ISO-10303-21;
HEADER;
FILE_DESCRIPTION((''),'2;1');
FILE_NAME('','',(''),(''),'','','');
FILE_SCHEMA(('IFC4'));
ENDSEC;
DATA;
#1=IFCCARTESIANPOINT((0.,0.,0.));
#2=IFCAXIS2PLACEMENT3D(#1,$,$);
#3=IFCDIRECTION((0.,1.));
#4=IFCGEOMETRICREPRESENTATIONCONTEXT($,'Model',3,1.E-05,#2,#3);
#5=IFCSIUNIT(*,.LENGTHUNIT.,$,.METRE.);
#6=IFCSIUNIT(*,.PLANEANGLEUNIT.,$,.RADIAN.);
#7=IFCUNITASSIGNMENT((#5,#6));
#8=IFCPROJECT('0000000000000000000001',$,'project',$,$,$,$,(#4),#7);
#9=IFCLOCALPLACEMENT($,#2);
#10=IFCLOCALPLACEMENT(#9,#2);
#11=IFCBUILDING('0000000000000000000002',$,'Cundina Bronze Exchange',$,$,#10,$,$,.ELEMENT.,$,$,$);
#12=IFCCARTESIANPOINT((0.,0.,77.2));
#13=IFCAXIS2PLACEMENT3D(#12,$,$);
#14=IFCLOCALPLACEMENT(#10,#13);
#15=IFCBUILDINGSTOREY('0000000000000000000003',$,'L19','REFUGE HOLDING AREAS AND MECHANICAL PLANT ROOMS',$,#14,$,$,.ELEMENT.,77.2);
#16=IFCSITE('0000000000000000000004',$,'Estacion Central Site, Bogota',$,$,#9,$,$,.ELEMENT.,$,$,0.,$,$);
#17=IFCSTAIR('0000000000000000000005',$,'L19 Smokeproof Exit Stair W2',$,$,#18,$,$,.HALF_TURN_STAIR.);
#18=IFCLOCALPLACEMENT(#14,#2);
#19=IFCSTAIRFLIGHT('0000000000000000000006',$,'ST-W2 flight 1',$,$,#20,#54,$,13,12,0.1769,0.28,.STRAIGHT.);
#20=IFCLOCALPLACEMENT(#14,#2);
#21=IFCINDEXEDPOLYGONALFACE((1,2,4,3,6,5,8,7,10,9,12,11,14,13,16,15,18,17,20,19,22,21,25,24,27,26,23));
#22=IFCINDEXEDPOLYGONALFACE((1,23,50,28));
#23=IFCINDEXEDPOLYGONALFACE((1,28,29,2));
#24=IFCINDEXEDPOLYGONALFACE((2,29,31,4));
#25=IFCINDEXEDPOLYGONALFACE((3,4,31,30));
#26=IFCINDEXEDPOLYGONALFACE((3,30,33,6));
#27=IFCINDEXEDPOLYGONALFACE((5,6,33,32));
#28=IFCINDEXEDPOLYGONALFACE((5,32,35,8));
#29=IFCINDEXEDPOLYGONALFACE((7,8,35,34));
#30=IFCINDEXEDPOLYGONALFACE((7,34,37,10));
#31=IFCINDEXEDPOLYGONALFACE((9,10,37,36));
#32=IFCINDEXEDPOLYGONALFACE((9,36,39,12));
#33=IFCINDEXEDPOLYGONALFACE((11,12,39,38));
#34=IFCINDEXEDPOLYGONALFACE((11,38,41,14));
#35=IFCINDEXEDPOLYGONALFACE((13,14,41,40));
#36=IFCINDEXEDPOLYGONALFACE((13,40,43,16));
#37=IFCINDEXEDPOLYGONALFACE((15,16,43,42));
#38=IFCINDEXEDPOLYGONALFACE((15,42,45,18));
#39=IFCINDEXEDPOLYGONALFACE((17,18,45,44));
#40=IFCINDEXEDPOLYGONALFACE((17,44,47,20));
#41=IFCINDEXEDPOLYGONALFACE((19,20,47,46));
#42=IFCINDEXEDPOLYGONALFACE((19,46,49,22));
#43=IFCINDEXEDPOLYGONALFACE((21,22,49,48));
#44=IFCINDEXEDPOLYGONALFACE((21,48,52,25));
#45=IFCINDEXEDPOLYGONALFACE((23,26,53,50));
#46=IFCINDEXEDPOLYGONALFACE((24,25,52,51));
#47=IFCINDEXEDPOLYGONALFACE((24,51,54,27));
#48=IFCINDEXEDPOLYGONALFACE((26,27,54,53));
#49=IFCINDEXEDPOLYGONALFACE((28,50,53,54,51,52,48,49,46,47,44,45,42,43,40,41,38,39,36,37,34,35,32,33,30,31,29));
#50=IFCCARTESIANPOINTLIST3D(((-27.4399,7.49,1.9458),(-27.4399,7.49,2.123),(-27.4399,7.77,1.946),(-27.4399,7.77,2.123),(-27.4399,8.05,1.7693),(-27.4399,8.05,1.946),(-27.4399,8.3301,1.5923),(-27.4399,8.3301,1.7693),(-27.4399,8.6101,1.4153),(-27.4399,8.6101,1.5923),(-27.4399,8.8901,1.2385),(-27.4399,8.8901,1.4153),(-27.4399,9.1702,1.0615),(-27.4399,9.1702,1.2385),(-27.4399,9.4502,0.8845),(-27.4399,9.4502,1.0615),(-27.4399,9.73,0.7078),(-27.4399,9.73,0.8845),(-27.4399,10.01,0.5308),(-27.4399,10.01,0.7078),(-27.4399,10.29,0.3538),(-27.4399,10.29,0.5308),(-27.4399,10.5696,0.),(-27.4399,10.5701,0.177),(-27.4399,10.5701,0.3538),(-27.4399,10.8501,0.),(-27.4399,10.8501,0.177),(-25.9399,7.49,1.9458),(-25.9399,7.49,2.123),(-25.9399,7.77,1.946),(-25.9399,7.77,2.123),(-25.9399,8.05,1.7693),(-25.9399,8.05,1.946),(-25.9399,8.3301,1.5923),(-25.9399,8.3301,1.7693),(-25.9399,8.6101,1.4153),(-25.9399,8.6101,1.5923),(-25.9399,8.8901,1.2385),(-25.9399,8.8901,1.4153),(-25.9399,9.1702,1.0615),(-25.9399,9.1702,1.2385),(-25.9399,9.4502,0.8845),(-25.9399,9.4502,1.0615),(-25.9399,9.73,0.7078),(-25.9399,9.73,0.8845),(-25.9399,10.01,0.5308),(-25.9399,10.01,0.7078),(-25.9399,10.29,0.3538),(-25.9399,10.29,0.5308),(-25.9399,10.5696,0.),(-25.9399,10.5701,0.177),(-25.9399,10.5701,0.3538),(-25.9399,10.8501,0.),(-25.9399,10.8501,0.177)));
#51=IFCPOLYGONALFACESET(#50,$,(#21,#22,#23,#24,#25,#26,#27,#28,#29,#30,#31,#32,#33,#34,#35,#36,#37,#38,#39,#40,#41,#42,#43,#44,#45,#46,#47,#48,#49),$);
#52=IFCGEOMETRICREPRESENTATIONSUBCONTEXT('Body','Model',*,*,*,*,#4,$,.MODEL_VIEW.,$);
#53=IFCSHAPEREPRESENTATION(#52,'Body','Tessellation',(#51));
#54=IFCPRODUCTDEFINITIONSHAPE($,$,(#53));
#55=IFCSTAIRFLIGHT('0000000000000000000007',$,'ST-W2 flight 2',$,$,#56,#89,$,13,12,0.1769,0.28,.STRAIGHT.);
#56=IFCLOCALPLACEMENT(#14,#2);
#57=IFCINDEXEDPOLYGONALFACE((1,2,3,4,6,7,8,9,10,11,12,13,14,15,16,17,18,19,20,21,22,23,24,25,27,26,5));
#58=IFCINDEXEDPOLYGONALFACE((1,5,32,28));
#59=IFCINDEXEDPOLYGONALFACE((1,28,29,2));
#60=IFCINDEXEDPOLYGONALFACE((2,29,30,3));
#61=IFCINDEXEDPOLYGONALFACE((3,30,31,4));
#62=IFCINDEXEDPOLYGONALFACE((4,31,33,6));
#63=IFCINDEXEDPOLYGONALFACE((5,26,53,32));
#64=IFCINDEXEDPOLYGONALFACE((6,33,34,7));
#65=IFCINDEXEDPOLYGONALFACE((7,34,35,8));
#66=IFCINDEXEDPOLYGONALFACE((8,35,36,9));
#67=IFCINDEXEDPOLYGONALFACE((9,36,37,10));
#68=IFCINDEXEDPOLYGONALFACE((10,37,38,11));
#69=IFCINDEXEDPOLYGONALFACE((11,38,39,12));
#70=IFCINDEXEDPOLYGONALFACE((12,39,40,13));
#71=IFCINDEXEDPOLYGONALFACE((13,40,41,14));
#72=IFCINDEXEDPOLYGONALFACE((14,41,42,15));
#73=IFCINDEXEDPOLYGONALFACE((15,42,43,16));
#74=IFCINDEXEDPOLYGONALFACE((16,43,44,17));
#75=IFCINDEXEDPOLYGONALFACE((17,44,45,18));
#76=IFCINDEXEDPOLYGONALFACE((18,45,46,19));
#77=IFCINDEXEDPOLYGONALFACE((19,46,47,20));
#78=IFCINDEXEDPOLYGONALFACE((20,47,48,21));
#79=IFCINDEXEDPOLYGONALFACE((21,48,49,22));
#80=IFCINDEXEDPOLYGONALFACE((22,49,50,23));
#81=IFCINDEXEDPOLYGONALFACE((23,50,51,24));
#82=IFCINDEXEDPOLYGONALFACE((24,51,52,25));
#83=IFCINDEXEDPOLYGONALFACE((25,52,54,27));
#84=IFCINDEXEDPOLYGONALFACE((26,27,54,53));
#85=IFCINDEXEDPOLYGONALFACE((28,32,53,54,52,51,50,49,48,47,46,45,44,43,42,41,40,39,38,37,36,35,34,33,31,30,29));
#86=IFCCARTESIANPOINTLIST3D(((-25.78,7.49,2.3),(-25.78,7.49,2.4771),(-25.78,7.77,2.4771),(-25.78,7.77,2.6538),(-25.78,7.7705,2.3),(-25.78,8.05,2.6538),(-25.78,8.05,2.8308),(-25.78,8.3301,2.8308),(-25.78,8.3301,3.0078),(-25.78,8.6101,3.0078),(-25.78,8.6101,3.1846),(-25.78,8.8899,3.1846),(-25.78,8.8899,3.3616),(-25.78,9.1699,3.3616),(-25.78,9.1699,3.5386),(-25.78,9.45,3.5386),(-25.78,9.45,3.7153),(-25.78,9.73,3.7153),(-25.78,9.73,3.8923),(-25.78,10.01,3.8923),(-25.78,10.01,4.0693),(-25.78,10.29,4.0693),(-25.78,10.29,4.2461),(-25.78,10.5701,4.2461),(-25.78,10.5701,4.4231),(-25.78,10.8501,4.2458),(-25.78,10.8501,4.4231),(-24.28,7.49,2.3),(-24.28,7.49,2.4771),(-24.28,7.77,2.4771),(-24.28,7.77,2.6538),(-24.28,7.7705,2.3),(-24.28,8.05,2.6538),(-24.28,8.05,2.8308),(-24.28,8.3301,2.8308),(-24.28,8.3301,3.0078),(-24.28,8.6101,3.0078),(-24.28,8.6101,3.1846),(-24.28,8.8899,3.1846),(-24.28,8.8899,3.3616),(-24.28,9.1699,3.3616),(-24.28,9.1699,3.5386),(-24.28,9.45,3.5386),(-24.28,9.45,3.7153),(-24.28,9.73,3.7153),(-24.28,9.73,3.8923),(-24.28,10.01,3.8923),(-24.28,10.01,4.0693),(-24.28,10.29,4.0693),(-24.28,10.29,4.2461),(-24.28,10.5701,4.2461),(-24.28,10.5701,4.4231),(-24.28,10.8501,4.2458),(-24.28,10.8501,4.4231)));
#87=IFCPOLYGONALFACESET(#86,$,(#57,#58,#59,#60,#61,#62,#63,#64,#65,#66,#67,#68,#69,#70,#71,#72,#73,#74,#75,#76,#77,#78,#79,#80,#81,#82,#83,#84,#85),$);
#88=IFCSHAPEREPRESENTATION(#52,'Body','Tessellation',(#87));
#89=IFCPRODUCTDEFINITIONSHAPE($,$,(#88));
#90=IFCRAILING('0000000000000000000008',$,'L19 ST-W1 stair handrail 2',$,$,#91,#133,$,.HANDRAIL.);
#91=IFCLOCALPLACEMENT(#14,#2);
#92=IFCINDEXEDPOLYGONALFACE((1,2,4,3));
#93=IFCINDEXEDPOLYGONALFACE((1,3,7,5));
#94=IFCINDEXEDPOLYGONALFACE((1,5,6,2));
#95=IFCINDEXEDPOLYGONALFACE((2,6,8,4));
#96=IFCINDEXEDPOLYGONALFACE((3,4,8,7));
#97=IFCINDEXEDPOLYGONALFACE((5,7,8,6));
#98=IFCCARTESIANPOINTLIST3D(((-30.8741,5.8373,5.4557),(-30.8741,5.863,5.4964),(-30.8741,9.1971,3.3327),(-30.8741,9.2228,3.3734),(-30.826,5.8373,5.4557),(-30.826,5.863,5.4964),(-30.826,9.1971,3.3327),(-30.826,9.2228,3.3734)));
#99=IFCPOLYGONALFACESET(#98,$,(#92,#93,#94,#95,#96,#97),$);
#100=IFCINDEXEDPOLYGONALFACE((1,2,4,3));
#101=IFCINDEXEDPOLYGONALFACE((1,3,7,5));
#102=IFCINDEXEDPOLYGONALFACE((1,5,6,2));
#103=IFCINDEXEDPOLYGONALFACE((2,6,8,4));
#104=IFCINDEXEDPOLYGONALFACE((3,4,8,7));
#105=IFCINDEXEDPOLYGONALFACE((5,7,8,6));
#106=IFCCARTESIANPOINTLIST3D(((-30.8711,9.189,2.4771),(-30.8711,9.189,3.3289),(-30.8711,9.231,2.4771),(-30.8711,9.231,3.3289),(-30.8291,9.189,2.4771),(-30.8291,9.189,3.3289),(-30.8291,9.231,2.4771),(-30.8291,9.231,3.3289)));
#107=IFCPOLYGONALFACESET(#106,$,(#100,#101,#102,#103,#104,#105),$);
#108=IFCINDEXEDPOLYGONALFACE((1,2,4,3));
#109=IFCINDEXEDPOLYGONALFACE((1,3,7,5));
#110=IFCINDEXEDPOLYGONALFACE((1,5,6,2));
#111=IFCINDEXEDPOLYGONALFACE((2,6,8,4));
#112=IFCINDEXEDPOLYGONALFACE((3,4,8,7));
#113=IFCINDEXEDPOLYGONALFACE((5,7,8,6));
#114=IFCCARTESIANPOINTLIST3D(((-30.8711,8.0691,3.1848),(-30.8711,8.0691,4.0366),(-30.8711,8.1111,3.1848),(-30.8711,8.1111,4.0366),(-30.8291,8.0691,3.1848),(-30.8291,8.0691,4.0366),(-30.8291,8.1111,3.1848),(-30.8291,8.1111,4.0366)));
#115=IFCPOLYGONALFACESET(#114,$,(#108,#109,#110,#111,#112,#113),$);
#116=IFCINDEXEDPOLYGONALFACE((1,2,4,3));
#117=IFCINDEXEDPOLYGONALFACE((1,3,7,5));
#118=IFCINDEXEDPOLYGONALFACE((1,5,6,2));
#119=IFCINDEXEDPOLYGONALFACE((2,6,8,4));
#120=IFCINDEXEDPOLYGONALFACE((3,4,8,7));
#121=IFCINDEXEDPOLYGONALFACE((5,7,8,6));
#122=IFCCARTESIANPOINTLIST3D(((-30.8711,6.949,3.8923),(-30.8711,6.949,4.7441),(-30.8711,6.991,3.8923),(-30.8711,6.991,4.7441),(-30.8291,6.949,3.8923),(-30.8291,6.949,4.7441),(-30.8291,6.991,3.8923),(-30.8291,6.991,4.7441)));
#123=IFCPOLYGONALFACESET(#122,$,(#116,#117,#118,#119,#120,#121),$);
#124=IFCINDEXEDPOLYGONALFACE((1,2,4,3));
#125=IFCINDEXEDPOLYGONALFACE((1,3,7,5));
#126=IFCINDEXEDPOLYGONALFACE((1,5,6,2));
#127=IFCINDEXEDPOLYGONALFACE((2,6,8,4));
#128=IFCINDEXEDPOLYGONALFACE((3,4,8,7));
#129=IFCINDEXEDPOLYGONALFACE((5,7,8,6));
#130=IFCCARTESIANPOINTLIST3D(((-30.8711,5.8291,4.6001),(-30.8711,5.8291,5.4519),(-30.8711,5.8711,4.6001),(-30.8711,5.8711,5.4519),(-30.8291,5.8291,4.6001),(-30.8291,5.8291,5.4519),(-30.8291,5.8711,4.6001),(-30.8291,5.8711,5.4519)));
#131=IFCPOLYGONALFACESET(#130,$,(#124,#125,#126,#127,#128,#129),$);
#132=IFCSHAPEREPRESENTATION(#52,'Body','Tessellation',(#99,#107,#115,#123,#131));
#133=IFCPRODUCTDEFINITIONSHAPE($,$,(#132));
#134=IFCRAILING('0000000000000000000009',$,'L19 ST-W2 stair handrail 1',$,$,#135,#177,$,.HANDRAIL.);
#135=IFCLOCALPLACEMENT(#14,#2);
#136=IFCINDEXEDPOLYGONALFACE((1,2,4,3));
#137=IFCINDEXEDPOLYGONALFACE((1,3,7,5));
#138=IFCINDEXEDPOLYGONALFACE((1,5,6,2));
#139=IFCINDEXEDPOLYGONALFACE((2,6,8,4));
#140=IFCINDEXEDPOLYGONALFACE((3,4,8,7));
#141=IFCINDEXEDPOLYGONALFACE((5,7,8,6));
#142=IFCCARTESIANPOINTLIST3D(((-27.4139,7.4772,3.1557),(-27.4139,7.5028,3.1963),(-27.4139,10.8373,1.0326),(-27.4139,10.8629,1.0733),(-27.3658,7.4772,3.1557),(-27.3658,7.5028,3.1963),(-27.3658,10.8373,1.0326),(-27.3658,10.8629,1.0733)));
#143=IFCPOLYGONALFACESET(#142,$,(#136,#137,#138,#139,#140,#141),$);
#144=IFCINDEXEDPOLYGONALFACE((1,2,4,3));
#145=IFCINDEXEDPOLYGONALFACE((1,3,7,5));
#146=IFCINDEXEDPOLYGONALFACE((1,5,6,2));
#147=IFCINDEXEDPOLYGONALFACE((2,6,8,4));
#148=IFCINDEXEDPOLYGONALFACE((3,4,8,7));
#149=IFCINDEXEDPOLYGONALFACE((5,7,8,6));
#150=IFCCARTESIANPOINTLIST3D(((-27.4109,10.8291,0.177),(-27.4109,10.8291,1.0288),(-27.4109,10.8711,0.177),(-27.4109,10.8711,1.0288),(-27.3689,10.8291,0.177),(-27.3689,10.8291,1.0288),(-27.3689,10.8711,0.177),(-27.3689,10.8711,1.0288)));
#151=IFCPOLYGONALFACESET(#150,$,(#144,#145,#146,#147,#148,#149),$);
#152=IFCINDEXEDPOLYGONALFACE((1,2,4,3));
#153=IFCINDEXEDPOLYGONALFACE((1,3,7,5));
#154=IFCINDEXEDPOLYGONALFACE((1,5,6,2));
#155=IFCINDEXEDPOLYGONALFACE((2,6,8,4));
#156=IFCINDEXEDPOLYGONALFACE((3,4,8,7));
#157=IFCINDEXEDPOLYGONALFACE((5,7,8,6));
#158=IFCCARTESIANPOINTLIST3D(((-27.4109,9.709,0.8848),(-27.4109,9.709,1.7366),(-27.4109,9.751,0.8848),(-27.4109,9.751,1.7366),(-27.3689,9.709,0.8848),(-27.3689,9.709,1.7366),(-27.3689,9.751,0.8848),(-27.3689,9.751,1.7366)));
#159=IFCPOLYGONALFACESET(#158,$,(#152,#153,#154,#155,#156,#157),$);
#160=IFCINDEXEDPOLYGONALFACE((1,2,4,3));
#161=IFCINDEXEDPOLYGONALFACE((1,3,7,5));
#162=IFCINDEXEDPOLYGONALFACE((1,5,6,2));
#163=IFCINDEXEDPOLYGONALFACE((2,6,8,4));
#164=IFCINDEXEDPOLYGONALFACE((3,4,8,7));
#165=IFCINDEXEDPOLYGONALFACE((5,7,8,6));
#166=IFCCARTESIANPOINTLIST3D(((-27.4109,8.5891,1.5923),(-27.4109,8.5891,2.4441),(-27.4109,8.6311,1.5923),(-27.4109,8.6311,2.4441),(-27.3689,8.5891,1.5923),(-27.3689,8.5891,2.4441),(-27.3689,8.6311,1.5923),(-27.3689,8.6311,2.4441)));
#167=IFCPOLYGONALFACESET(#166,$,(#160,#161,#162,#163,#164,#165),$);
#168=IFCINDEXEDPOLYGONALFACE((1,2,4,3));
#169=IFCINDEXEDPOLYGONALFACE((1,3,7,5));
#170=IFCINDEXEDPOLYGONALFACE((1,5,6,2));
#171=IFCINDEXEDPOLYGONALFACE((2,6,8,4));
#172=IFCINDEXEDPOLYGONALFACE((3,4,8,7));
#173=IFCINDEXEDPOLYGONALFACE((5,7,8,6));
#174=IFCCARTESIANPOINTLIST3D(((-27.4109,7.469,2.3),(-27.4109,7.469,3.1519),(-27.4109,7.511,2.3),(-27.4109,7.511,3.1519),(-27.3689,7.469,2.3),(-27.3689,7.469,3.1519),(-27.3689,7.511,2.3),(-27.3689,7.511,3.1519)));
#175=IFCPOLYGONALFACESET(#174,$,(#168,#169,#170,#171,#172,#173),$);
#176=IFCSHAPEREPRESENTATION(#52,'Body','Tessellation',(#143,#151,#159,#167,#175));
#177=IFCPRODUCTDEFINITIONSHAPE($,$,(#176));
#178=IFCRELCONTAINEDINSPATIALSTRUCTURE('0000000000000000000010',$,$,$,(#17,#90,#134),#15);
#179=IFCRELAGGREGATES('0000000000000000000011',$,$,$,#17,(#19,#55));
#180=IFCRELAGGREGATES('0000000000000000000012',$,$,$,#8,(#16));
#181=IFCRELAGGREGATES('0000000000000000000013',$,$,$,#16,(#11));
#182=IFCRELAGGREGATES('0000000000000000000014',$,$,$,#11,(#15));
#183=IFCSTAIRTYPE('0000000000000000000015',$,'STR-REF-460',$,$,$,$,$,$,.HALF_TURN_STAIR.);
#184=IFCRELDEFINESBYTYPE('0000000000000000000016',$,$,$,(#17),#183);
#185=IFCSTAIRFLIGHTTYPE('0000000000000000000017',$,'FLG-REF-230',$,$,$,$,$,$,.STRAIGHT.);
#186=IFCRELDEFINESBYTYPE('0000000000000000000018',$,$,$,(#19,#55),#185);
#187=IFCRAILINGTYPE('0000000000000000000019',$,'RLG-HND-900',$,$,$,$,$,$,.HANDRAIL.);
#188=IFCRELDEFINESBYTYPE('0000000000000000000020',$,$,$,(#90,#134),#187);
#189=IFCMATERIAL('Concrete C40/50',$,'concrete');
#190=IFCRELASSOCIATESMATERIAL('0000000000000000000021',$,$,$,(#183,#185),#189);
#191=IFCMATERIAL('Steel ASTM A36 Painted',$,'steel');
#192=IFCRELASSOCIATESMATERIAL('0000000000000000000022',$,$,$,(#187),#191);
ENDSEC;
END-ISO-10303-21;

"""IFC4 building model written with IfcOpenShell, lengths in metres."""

from ifc_helpers import new_model, si_unit, direction, frame, origin, origin_2d, place, context, subcontext, project, spatial, polyline, rectangle, outline, extrude, material, type_object, element, aggregate, save


model = new_model("IFC4")

# Units and contexts
model_context = context("Model", 3, precision=1e-05, world=origin(), true_north=direction((0.0, 1.0)))
body_context = subcontext(model_context, "Body", "Model", "MODEL_VIEW")
ifc_project = project(units=[si_unit("LENGTHUNIT", "METRE"), si_unit("PLANEANGLEUNIT", "RADIAN")], contexts=[model_context])

# Site, building, storey
site_placement = place(None, origin())
site = spatial("IfcSite", under=ifc_project, at=site_placement, Name="Estacion Central Site, Bogota", CompositionType="ELEMENT", RefElevation=0.0)
building_placement = place(site_placement, origin())
building = spatial("IfcBuilding", under=site, at=building_placement, Name="Cundina Bronze Exchange", CompositionType="ELEMENT")
storey_placement = place(building_placement, frame((0.0, 0.0, 77.2)))
storey = spatial("IfcBuildingStorey", under=building, at=storey_placement, Name="L19", Description="REFUGE HOLDING AREAS AND MECHANICAL PLANT ROOMS", CompositionType="ELEMENT", Elevation=77.2)

# Shared definitions
ifc_material_1 = material(Name="Steel ASTM A36 Painted", Category="steel")

# Shared definitions
ifc_material_2 = material(Name="Concrete C40/50", Category="concrete")
stair_type = type_object("IfcStairType", Name="STR-REF-460", PredefinedType="HALF_TURN_STAIR", material=ifc_material_2)
stair_flight_type = type_object("IfcStairFlightType", Name="FLG-REF-230", PredefinedType="STRAIGHT", material=ifc_material_2)

# Stair, stair flights
stair_1_placement = place(storey_placement, origin())
stair_1 = element("IfcStair", 1, at=stair_1_placement, inside=storey, type_object=stair_type, Name="L19 Smokeproof Exit Stair W2", PredefinedType="HALF_TURN_STAIR")
stair_flight_1_placement = place(storey_placement, frame((-26.6899, 10.8501, 0.0), z_axis=(0.0, 0.0, 1.0), x_axis=(0.0, -1.0, 0.0)))
stair_flight_1 = element("IfcStairFlight", 2, at=stair_flight_1_placement, type_object=stair_flight_type, Name="ST-W2 flight 1", NumberOfRisers=13, NumberOfTreads=12, PredefinedType="STRAIGHT", RiserHeight=0.1769, TreadLength=0.28, context=body_context, shape_type="SweptSolid", body=[
    extrude(outline(polyline([(0.0, 0.0), (0.0, 0.177), (0.28, 0.177), (0.28, 0.3538), (0.5601, 0.3538), (0.5601, 0.5308), (0.8401, 0.5308), (0.8401, 0.7078), (1.1201, 0.7078), (1.1201, 0.8845), (1.3999, 0.8845), (1.3999, 1.0615), (1.6799, 1.0615), (1.6799, 1.2385), (1.96, 1.2385), (1.96, 1.4153), (2.24, 1.4153), (2.24, 1.5923), (2.52, 1.5923), (2.52, 1.7693), (2.8, 1.7693), (2.8, 1.946), (3.0801, 1.946), (3.0801, 2.123), (3.3601, 2.123), (3.3601, 2.3), (3.3601, 1.9458), (0.2805, 0.0), (0.0, 0.0)])), frame((0.0, 0.75, 0.0), z_axis=(0.0, -1.0, 0.0), x_axis=(1.0, 0.0, 0.0)), (0.0, 0.0, 1.0), 1.5),
])
stair_flight_2_placement = place(storey_placement, frame((-25.03, 7.49, 2.3), z_axis=(0.0, 0.0, 1.0), x_axis=(0.0, 1.0, 0.0)))
stair_flight_2 = element("IfcStairFlight", 3, at=stair_flight_2_placement, type_object=stair_flight_type, Name="ST-W2 flight 2", NumberOfRisers=13, NumberOfTreads=12, PredefinedType="STRAIGHT", RiserHeight=0.1769, TreadLength=0.28, context=body_context, shape_type="SweptSolid", body=[
    extrude(outline(polyline([(0.0, 0.0), (0.0, 0.177), (0.28, 0.177), (0.28, 0.3538), (0.5601, 0.3538), (0.5601, 0.5308), (0.8401, 0.5308), (0.8401, 0.7078), (1.1201, 0.7078), (1.1201, 0.8845), (1.3999, 0.8845), (1.3999, 1.0615), (1.6799, 1.0615), (1.6799, 1.2385), (1.96, 1.2385), (1.96, 1.4153), (2.24, 1.4153), (2.24, 1.5923), (2.52, 1.5923), (2.52, 1.7693), (2.8, 1.7693), (2.8, 1.946), (3.0801, 1.946), (3.0801, 2.123), (3.3601, 2.123), (3.3601, 2.3), (3.3601, 1.9458), (0.2805, 0.0), (0.0, 0.0)])), frame((0.0, 0.75, 0.0), z_axis=(0.0, -1.0, 0.0), x_axis=(1.0, 0.0, 0.0)), (0.0, 0.0, 1.0), 1.5),
])
aggregate(stair_1, [stair_flight_1, stair_flight_2])

# Railings
railing_type_1 = type_object("IfcRailingType", Name="RLG-HND-900", PredefinedType="HANDRAIL", material=ifc_material_1)
railing_1_placement = place(storey_placement, frame((-30.8501, 9.21, 2.4771)))
element("IfcRailing", 4, at=railing_1_placement, inside=storey, type_object=railing_type_1, Name="L19 ST-W1 stair handrail 2", PredefinedType="HANDRAIL", context=body_context, shape_type="SweptSolid", body=[
    extrude(rectangle(XDim=0.0481, YDim=0.0481, at=origin_2d()), frame((0.0, 0.0, 0.876), z_axis=(0.0, -0.845372, 0.534178), x_axis=(1.0, 0.0, 0.0)), (0.0, 0.0, 1.0), 3.9744),
    extrude(rectangle(XDim=0.042, YDim=0.042, at=origin_2d()), origin(), (0.0, 0.0, 1.0), 0.8518),
    extrude(rectangle(XDim=0.042, YDim=0.042, at=origin_2d()), frame((0.0, -1.1199, 0.7078)), (0.0, 0.0, 1.0), 0.8518),
    extrude(rectangle(XDim=0.042, YDim=0.042, at=origin_2d()), frame((0.0, -2.24, 1.4153)), (0.0, 0.0, 1.0), 0.8518),
    extrude(rectangle(XDim=0.042, YDim=0.042, at=origin_2d()), frame((0.0, -3.3599, 2.123)), (0.0, 0.0, 1.0), 0.8518),
])
railing_2_placement = place(storey_placement, frame((-27.3899, 10.8501, 0.177)))
element("IfcRailing", 5, at=railing_2_placement, inside=storey, type_object=railing_type_1, Name="L19 ST-W2 stair handrail 1", PredefinedType="HANDRAIL", context=body_context, shape_type="SweptSolid", body=[
    extrude(rectangle(XDim=0.0481, YDim=0.0481, at=origin_2d()), frame((0.0, 0.0, 0.876), z_axis=(0.0, -0.84539, 0.53415), x_axis=(1.0, 0.0, 0.0)), (0.0, 0.0, 1.0), 3.9746),
    extrude(rectangle(XDim=0.042, YDim=0.042, at=origin_2d()), origin(), (0.0, 0.0, 1.0), 0.8518),
    extrude(rectangle(XDim=0.042, YDim=0.042, at=origin_2d()), frame((0.0, -1.1201, 0.7078)), (0.0, 0.0, 1.0), 0.8518),
    extrude(rectangle(XDim=0.042, YDim=0.042, at=origin_2d()), frame((0.0, -2.24, 1.4153)), (0.0, 0.0, 1.0), 0.8518),
    extrude(rectangle(XDim=0.042, YDim=0.042, at=origin_2d()), frame((0.0, -3.3601, 2.123)), (0.0, 0.0, 1.0), 0.8518),
])

save(model, "model.ifc")
